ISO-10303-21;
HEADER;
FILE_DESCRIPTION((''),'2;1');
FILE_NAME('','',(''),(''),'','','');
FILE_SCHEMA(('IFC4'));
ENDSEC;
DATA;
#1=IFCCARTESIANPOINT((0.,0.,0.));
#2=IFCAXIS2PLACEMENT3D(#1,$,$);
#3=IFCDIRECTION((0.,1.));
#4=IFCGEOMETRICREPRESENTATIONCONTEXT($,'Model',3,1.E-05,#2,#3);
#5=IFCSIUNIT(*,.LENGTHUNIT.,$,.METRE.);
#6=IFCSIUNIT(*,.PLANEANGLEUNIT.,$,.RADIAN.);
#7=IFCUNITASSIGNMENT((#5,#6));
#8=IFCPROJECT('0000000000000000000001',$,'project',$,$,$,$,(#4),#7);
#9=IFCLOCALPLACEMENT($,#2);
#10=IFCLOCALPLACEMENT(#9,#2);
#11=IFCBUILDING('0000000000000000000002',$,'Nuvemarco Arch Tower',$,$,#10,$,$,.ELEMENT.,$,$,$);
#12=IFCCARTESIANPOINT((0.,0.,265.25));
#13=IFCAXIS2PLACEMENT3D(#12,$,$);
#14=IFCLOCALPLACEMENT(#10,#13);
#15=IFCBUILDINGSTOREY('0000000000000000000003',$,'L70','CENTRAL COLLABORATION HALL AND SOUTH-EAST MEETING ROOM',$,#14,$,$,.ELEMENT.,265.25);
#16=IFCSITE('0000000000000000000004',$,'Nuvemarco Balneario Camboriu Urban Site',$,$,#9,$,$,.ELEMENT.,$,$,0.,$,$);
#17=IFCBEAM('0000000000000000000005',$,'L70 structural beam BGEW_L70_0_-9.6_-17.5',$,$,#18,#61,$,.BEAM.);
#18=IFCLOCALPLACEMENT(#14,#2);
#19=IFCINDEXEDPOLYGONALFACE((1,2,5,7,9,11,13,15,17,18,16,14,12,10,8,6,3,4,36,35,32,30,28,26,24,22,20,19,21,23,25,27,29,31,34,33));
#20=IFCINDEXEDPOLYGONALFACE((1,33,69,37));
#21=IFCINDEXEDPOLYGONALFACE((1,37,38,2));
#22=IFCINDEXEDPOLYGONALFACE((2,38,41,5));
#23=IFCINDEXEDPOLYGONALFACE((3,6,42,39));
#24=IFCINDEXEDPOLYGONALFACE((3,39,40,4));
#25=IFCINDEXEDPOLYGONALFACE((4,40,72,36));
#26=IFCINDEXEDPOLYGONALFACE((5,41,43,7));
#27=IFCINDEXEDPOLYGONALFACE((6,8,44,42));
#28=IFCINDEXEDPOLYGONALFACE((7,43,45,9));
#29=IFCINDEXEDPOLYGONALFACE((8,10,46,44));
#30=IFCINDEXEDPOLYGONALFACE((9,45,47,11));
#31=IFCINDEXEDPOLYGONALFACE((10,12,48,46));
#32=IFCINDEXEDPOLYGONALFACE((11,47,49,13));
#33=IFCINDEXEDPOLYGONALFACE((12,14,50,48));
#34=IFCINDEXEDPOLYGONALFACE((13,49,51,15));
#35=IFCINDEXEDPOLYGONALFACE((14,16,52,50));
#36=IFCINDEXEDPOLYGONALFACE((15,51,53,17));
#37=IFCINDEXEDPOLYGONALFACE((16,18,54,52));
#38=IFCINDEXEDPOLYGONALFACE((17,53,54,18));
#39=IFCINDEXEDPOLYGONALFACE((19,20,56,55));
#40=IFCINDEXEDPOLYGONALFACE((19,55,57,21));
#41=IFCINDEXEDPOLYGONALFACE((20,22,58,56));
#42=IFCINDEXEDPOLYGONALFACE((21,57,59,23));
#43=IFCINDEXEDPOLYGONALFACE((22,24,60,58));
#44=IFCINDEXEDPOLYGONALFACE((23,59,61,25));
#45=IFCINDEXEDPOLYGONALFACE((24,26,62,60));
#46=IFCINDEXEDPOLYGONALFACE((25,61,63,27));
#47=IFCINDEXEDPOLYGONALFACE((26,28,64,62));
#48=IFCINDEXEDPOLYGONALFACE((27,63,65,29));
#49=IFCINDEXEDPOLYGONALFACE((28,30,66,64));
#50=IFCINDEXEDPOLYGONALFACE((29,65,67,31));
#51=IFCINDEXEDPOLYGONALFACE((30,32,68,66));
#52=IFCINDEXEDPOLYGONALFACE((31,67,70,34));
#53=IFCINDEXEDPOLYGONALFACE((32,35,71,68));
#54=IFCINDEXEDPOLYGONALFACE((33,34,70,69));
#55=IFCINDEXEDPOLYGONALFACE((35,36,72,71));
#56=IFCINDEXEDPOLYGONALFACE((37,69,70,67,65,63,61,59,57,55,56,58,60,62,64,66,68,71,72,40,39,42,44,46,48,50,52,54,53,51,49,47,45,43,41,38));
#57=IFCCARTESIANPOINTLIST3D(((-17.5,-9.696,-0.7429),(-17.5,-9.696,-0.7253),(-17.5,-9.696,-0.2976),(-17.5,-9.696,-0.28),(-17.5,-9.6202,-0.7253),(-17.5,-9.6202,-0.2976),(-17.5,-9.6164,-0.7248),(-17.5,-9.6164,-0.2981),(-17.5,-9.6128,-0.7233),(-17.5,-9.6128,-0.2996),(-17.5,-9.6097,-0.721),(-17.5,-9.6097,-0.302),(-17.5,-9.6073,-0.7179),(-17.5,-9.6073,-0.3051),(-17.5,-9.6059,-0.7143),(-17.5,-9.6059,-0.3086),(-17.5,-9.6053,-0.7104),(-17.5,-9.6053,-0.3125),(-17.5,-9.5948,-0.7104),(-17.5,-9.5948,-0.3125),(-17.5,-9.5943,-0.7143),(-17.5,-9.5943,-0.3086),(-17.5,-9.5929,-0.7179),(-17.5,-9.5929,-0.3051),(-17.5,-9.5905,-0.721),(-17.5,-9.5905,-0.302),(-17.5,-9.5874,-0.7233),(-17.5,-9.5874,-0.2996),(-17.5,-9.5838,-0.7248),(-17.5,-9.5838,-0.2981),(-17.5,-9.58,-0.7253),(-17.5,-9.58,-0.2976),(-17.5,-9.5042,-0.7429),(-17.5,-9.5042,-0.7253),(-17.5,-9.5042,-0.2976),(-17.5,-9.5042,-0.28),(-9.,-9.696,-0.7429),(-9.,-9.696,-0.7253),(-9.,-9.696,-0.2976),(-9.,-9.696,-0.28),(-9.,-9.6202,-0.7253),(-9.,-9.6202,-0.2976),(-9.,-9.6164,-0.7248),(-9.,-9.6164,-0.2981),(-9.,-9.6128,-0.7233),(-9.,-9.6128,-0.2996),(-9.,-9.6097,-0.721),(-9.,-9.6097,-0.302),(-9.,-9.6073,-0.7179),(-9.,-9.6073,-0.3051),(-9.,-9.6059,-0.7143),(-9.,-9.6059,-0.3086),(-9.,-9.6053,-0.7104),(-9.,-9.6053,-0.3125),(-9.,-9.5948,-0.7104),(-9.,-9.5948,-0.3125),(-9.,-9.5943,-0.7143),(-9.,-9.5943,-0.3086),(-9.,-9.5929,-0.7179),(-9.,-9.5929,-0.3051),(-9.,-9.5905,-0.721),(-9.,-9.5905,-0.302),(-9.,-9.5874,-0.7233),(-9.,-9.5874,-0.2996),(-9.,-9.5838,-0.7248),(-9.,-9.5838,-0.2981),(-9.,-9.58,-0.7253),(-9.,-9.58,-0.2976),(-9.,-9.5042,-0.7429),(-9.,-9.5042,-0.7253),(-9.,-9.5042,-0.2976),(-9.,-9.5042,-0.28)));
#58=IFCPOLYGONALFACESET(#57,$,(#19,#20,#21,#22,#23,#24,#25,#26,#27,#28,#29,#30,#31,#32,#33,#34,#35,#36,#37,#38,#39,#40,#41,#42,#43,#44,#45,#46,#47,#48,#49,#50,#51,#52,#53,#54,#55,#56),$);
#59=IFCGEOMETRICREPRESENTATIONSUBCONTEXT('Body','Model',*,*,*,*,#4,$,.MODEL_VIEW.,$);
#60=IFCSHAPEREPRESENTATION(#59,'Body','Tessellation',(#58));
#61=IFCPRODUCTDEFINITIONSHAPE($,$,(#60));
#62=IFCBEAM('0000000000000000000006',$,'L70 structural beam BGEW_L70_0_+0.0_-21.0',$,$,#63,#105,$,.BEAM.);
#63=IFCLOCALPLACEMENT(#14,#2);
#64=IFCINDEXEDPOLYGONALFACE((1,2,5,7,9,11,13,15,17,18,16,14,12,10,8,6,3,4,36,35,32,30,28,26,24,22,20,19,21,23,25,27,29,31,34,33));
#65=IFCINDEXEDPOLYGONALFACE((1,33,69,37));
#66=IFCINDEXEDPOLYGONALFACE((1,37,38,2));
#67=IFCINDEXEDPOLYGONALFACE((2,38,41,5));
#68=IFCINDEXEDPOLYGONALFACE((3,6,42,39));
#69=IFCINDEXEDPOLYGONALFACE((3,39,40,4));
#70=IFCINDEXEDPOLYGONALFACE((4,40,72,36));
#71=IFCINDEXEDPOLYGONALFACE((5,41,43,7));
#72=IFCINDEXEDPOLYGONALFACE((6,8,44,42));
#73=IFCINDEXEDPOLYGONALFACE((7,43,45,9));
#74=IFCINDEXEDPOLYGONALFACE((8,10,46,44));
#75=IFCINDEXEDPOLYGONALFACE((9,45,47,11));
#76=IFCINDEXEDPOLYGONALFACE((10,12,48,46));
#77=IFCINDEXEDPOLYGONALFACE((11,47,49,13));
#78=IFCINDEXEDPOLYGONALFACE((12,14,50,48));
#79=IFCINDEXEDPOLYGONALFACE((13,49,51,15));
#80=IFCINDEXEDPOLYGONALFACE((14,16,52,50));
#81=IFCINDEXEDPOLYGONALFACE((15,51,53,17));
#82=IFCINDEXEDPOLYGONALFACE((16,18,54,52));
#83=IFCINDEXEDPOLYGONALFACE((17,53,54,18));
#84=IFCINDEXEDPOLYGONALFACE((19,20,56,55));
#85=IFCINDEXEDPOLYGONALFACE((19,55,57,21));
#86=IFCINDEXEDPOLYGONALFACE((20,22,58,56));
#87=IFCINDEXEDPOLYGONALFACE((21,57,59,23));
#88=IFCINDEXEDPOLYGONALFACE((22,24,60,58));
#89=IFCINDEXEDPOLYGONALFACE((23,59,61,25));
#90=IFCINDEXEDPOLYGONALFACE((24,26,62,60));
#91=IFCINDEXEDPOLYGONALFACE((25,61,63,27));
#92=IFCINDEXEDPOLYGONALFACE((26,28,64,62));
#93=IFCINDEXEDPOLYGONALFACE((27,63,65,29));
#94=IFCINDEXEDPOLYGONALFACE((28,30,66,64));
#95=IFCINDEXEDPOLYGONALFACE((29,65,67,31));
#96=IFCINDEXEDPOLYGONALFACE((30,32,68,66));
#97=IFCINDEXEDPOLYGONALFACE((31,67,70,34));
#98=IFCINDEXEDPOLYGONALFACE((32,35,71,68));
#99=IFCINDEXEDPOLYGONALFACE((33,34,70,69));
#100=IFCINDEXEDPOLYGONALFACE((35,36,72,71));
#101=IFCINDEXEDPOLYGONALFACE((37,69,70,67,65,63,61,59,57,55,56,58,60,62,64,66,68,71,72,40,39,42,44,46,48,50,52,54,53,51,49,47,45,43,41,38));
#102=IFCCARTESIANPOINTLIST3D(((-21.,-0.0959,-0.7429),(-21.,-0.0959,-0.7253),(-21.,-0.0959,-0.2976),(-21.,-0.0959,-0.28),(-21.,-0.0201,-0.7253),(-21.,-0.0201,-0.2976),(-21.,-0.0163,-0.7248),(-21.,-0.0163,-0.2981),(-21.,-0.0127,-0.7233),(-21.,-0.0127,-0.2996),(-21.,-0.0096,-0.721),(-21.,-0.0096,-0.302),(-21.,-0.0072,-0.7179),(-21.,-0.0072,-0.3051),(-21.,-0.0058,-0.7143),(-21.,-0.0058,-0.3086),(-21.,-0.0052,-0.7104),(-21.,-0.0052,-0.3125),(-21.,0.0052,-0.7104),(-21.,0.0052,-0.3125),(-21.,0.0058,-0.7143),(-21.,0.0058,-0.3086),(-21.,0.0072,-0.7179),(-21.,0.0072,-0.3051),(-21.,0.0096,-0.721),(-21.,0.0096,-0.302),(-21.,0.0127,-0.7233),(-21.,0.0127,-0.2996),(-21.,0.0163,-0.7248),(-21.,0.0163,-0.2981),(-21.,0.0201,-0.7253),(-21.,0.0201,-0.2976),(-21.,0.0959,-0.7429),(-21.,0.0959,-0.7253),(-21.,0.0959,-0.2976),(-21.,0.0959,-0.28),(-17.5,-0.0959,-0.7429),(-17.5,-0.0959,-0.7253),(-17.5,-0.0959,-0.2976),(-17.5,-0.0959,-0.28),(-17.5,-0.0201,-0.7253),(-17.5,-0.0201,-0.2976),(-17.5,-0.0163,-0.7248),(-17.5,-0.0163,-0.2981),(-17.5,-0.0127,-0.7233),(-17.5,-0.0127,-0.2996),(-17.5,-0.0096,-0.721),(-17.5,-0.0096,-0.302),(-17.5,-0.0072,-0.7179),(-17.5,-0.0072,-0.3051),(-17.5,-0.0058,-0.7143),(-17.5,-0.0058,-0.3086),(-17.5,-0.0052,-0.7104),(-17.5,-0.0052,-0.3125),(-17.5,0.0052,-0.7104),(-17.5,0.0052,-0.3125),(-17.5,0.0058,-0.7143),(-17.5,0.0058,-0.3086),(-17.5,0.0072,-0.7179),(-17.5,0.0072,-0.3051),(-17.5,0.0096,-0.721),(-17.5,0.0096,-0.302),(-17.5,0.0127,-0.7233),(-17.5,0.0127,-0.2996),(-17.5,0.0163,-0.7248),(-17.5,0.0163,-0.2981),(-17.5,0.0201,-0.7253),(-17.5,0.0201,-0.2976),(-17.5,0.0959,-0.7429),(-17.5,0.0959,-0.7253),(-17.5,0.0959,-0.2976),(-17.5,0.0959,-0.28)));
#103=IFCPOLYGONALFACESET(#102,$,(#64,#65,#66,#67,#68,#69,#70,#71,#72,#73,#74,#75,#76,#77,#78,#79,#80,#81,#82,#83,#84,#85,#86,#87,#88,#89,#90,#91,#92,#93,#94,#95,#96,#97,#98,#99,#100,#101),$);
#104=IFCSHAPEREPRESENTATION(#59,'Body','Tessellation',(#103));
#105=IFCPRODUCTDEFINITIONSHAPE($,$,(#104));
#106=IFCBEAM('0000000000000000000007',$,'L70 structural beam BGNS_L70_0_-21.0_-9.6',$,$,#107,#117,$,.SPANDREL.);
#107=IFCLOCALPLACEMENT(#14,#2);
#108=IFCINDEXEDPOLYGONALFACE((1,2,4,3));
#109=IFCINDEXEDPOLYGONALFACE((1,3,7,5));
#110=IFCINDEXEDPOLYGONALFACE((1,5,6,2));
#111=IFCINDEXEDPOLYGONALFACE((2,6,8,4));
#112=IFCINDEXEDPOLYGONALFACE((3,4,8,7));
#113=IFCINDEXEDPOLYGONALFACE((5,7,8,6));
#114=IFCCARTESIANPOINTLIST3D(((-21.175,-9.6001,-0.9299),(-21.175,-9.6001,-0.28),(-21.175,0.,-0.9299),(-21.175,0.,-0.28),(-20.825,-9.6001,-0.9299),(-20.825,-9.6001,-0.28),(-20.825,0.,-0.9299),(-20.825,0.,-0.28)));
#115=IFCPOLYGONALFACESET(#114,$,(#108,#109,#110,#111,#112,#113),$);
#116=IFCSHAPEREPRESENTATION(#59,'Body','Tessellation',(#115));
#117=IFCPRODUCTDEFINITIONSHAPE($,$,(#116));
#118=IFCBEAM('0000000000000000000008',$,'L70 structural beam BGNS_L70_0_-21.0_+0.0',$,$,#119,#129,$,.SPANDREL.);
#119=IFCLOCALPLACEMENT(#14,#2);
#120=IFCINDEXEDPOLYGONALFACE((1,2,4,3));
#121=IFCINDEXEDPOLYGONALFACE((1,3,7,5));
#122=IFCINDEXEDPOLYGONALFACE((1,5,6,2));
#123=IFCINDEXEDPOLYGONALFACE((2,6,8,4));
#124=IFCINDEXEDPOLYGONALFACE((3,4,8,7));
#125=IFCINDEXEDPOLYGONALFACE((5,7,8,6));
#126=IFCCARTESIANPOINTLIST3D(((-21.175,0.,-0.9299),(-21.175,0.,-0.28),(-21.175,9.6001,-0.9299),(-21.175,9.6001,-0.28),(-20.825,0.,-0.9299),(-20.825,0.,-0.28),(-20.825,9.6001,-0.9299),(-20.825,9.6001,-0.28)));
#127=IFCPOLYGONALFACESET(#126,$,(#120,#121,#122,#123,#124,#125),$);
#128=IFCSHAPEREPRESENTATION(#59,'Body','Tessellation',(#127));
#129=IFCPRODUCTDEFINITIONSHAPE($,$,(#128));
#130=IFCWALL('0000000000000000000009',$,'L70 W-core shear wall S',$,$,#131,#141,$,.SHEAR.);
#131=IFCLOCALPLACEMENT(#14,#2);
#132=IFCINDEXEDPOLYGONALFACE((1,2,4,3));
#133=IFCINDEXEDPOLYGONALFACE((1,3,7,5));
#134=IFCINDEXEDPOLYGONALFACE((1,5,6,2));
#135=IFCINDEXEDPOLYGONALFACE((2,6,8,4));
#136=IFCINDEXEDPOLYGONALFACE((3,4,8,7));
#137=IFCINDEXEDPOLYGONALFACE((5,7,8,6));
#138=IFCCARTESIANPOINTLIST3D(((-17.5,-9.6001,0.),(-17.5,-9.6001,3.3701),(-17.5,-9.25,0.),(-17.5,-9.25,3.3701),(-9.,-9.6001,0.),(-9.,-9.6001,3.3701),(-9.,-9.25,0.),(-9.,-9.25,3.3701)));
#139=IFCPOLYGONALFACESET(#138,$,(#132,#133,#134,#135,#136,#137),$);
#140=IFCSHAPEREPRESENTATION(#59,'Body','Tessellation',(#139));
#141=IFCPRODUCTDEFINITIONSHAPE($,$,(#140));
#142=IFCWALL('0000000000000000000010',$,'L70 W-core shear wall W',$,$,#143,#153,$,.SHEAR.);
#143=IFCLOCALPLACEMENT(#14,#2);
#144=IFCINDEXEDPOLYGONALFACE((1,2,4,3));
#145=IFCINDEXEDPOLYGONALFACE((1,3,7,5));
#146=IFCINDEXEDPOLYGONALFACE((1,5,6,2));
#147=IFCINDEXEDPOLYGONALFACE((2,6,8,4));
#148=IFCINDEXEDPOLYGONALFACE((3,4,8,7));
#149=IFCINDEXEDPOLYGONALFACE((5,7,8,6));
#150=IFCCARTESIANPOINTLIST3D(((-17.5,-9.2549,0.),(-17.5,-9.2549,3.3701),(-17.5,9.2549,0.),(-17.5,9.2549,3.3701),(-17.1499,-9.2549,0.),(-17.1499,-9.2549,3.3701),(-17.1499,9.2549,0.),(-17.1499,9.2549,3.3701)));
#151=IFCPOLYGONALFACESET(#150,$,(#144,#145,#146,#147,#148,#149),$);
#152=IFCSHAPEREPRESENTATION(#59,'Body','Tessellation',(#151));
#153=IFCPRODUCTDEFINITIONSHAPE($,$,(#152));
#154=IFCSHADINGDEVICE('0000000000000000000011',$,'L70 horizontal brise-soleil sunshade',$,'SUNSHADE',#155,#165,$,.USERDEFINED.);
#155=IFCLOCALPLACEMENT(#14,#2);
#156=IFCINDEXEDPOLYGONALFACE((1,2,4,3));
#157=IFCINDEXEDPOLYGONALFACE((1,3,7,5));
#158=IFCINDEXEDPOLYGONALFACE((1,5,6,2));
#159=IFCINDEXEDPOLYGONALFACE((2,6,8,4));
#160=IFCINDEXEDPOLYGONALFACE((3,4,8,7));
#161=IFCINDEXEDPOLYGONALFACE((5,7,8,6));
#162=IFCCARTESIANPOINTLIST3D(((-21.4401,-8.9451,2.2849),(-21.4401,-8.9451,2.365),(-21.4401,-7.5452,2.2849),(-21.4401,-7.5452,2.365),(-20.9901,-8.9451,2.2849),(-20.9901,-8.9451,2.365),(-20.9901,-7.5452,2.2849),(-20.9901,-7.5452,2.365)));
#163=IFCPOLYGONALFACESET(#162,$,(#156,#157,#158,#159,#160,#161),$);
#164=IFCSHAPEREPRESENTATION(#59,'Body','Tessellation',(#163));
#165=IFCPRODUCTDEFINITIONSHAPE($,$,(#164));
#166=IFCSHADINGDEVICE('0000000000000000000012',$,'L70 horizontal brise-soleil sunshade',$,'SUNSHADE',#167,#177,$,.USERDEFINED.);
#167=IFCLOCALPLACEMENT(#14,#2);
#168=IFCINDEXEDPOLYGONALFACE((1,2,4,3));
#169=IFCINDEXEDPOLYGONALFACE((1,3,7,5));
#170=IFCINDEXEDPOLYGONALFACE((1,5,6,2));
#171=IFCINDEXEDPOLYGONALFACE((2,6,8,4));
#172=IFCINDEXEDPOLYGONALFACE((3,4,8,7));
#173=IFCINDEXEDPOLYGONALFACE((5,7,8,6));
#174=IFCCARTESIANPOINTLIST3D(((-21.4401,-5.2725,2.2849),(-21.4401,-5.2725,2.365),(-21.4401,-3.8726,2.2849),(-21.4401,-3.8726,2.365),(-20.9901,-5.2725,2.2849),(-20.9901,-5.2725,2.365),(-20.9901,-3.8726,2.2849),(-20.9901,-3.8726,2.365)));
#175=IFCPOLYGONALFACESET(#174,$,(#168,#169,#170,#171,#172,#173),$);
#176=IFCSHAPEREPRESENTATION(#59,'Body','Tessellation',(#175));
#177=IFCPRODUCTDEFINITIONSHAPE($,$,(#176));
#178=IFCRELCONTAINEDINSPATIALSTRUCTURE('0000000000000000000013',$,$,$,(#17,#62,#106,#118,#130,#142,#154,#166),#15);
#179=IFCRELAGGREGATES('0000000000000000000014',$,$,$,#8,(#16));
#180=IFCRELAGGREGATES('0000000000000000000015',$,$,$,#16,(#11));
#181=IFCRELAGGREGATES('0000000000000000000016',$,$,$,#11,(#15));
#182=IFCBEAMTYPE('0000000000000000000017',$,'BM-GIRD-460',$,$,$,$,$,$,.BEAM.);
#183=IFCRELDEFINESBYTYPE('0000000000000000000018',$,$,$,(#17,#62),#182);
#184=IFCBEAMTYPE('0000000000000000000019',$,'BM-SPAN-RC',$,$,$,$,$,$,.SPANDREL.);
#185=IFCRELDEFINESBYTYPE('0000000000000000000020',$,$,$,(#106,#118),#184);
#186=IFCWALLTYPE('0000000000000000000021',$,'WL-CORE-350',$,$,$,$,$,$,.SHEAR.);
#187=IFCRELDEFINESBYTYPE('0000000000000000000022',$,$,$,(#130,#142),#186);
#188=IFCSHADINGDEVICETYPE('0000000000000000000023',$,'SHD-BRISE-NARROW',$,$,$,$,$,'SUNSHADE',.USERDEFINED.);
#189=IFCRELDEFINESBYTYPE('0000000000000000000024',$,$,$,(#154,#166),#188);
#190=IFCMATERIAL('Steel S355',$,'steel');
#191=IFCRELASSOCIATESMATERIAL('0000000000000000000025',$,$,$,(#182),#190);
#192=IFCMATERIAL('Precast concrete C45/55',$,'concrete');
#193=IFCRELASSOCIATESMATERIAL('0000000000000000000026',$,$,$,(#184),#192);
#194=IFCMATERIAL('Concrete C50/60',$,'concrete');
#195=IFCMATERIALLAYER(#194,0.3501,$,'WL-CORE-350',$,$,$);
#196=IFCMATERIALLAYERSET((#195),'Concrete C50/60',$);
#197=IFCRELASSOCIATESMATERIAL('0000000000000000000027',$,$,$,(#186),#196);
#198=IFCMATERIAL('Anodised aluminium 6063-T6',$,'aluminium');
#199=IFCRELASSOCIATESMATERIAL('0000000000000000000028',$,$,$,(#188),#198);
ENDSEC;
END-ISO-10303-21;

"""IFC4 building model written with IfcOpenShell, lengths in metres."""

from ifc_helpers import new_model, si_unit, direction, frame, frame_2d, origin, origin_2d, place, context, subcontext, project, spatial, rectangle, i_section, extrude, source, transform, mapped, material, layer, layer_set, material_profile, profile_set, type_object, type_shapes, element, save


model = new_model("IFC4")

# Units and contexts
model_context = context("Model", 3, precision=1e-05, world=origin(), true_north=direction((0.0, 1.0)))
body_context = subcontext(model_context, "Body", "Model", "MODEL_VIEW")
ifc_project = project(units=[si_unit("LENGTHUNIT", "METRE"), si_unit("PLANEANGLEUNIT", "RADIAN")], contexts=[model_context])

# Site, building, storey
site_placement = place(None, origin())
site = spatial("IfcSite", under=ifc_project, at=site_placement, Name="Nuvemarco Balneario Camboriu Urban Site", CompositionType="ELEMENT", RefElevation=0.0)
building_placement = place(site_placement, origin())
building = spatial("IfcBuilding", under=site, at=building_placement, Name="Nuvemarco Arch Tower", CompositionType="ELEMENT")
storey_placement = place(building_placement, frame((0.0, 0.0, 265.25)))
storey = spatial("IfcBuildingStorey", under=building, at=storey_placement, Name="L70", Description="CENTRAL COLLABORATION HALL AND SOUTH-EAST MEETING ROOM", CompositionType="ELEMENT", Elevation=265.25)

# Shared definitions
ifc_material_1 = material(Name="Concrete C50/60", Category="concrete")
ifc_material_2 = material(Name="Steel S355", Category="steel")

# Beams
ifc_material_profile_1 = material_profile(ifc_material_2, i_section(OverallWidth=0.1919, OverallDepth=0.4629, WebThickness=0.0105, FlangeThickness=0.0176, FilletRadius=0.0149, at=origin_2d()), Name="W460x89")
ifc_profile_set_1 = profile_set([ifc_material_profile_1], Name="Steel S355")
beam_type_1 = type_object("IfcBeamType", Name="BM-GIRD-460", PredefinedType="BEAM", material=ifc_profile_set_1)
beam_1_placement = place(storey_placement, frame((-17.5, -9.6001, -0.5115), z_axis=(1.0, 0.0, 0.0), x_axis=(0.0, 1.0, 0.0)))
element("IfcBeam", 1, at=beam_1_placement, inside=storey, type_object=beam_type_1, Name="L70 structural beam BGEW_L70_0_-9.6_-17.5", PredefinedType="BEAM", context=body_context, shape_type="SweptSolid", body=[
    extrude(i_section(OverallWidth=0.1919, OverallDepth=0.4629, WebThickness=0.0105, FlangeThickness=0.0176, FilletRadius=0.0149, at=origin_2d()), origin(), (0.0, 0.0, 1.0), 8.5),
])
beam_2_placement = place(storey_placement, frame((-21.0, 0.0, -0.5115), z_axis=(1.0, 0.0, 0.0), x_axis=(0.0, 1.0, 0.0)))
element("IfcBeam", 2, at=beam_2_placement, inside=storey, type_object=beam_type_1, Name="L70 structural beam BGEW_L70_0_+0.0_-21.0", PredefinedType="BEAM", context=body_context, shape_type="SweptSolid", body=[
    extrude(i_section(OverallWidth=0.1919, OverallDepth=0.4629, WebThickness=0.0105, FlangeThickness=0.0176, FilletRadius=0.0149, at=origin_2d()), origin(), (0.0, 0.0, 1.0), 3.5),
])
ifc_material_3 = material(Name="Precast concrete C45/55", Category="concrete")
ifc_material_profile_2 = material_profile(ifc_material_3, rectangle(XDim=0.3501, YDim=0.6499, at=origin_2d()), Name="PC-SP-350x650")
ifc_profile_set_2 = profile_set([ifc_material_profile_2], Name="Precast concrete C45/55")
beam_type_2 = type_object("IfcBeamType", Name="BM-SPAN-RC", PredefinedType="SPANDREL", material=ifc_profile_set_2)
for number, where, z_axis, x_axis, name in (
    (3, (-21.0, -9.6001, -0.605), (0.0, 1.0, 0.0), (-1.0, 0.0, 0.0), "L70 structural beam BGNS_L70_0_-21.0_-9.6"),
    (4, (-21.0, 0.0, -0.605), (0.0, 1.0, 0.0), (-1.0, 0.0, 0.0), "L70 structural beam BGNS_L70_0_-21.0_+0.0"),
):
    element("IfcBeam", number, at=place(storey_placement, frame(where, z_axis=z_axis, x_axis=x_axis)), inside=storey, type_object=beam_type_2, Name=name, PredefinedType="SPANDREL", context=body_context, shape_type="SweptSolid", body=[
        extrude(rectangle(XDim=0.3501, YDim=0.6499, at=origin_2d()), origin(), (0.0, 0.0, 1.0), 9.6001),
    ])

# Walls
ifc_layer = layer(ifc_material_1, 0.3501, Name="WL-CORE-350")
ifc_layer_set = layer_set([ifc_layer], Name="Concrete C50/60")
wall_type = type_object("IfcWallType", Name="WL-CORE-350", PredefinedType="SHEAR", material=ifc_layer_set)
wall_1_placement = place(storey_placement, frame((-17.5, -9.425, 0.0), z_axis=(0.0, 0.0, 1.0), x_axis=(1.0, 0.0, 0.0)))
element("IfcWall", 5, at=wall_1_placement, inside=storey, type_object=wall_type, Name="L70 W-core shear wall S", PredefinedType="SHEAR", context=body_context, shape_type="SweptSolid", body=[
    extrude(rectangle(XDim=8.5, YDim=0.3501, at=frame_2d((4.25, 0.0))), origin(), (0.0, 0.0, 1.0), 3.3701),
])
wall_2_placement = place(storey_placement, frame((-17.325, -9.2549, 0.0), z_axis=(0.0, 0.0, 1.0), x_axis=(0.0, 1.0, 0.0)))
element("IfcWall", 6, at=wall_2_placement, inside=storey, type_object=wall_type, Name="L70 W-core shear wall W", PredefinedType="SHEAR", context=body_context, shape_type="SweptSolid", body=[
    extrude(rectangle(XDim=18.5098, YDim=0.3501, at=frame_2d((9.2549, 0.0))), origin(), (0.0, 0.0, 1.0), 3.3701),
])

# Shading devices
ifc_material_4 = material(Name="Anodised aluminium 6063-T6", Category="aluminium")
shading_device_type = type_object("IfcShadingDeviceType", Name="SHD-BRISE-NARROW", ElementType="SUNSHADE", PredefinedType="USERDEFINED", material=ifc_material_4)
shared_shape = source(origin(), body_context, "Body", "SweptSolid", [
    extrude(rectangle(XDim=1.3999, YDim=0.45, at=origin_2d()), origin(), (0.0, 0.0, 1.0), 0.0801),
])
type_shapes(shading_device_type, [shared_shape])
for number, where, z_axis, x_axis, name in (
    (7, (-21.2151, -8.2451, 2.2849), (0.0, 0.0, 1.0), (0.0, 1.0, 0.0), "L70 horizontal brise-soleil sunshade"),
    (8, (-21.2151, -4.5725, 2.2849), (0.0, 0.0, 1.0), (0.0, 1.0, 0.0), "L70 horizontal brise-soleil sunshade"),
):
    element("IfcShadingDevice", number, at=place(storey_placement, frame(where, z_axis=z_axis, x_axis=x_axis)), inside=storey, type_object=shading_device_type, Name=name, ObjectType="SUNSHADE", PredefinedType="USERDEFINED", context=body_context, shape_type="MappedRepresentation", body=[
        mapped(shared_shape, transform((0.0, 0.0, 0.0), scale=1.0)),
    ])

save(model, "model.ifc")
